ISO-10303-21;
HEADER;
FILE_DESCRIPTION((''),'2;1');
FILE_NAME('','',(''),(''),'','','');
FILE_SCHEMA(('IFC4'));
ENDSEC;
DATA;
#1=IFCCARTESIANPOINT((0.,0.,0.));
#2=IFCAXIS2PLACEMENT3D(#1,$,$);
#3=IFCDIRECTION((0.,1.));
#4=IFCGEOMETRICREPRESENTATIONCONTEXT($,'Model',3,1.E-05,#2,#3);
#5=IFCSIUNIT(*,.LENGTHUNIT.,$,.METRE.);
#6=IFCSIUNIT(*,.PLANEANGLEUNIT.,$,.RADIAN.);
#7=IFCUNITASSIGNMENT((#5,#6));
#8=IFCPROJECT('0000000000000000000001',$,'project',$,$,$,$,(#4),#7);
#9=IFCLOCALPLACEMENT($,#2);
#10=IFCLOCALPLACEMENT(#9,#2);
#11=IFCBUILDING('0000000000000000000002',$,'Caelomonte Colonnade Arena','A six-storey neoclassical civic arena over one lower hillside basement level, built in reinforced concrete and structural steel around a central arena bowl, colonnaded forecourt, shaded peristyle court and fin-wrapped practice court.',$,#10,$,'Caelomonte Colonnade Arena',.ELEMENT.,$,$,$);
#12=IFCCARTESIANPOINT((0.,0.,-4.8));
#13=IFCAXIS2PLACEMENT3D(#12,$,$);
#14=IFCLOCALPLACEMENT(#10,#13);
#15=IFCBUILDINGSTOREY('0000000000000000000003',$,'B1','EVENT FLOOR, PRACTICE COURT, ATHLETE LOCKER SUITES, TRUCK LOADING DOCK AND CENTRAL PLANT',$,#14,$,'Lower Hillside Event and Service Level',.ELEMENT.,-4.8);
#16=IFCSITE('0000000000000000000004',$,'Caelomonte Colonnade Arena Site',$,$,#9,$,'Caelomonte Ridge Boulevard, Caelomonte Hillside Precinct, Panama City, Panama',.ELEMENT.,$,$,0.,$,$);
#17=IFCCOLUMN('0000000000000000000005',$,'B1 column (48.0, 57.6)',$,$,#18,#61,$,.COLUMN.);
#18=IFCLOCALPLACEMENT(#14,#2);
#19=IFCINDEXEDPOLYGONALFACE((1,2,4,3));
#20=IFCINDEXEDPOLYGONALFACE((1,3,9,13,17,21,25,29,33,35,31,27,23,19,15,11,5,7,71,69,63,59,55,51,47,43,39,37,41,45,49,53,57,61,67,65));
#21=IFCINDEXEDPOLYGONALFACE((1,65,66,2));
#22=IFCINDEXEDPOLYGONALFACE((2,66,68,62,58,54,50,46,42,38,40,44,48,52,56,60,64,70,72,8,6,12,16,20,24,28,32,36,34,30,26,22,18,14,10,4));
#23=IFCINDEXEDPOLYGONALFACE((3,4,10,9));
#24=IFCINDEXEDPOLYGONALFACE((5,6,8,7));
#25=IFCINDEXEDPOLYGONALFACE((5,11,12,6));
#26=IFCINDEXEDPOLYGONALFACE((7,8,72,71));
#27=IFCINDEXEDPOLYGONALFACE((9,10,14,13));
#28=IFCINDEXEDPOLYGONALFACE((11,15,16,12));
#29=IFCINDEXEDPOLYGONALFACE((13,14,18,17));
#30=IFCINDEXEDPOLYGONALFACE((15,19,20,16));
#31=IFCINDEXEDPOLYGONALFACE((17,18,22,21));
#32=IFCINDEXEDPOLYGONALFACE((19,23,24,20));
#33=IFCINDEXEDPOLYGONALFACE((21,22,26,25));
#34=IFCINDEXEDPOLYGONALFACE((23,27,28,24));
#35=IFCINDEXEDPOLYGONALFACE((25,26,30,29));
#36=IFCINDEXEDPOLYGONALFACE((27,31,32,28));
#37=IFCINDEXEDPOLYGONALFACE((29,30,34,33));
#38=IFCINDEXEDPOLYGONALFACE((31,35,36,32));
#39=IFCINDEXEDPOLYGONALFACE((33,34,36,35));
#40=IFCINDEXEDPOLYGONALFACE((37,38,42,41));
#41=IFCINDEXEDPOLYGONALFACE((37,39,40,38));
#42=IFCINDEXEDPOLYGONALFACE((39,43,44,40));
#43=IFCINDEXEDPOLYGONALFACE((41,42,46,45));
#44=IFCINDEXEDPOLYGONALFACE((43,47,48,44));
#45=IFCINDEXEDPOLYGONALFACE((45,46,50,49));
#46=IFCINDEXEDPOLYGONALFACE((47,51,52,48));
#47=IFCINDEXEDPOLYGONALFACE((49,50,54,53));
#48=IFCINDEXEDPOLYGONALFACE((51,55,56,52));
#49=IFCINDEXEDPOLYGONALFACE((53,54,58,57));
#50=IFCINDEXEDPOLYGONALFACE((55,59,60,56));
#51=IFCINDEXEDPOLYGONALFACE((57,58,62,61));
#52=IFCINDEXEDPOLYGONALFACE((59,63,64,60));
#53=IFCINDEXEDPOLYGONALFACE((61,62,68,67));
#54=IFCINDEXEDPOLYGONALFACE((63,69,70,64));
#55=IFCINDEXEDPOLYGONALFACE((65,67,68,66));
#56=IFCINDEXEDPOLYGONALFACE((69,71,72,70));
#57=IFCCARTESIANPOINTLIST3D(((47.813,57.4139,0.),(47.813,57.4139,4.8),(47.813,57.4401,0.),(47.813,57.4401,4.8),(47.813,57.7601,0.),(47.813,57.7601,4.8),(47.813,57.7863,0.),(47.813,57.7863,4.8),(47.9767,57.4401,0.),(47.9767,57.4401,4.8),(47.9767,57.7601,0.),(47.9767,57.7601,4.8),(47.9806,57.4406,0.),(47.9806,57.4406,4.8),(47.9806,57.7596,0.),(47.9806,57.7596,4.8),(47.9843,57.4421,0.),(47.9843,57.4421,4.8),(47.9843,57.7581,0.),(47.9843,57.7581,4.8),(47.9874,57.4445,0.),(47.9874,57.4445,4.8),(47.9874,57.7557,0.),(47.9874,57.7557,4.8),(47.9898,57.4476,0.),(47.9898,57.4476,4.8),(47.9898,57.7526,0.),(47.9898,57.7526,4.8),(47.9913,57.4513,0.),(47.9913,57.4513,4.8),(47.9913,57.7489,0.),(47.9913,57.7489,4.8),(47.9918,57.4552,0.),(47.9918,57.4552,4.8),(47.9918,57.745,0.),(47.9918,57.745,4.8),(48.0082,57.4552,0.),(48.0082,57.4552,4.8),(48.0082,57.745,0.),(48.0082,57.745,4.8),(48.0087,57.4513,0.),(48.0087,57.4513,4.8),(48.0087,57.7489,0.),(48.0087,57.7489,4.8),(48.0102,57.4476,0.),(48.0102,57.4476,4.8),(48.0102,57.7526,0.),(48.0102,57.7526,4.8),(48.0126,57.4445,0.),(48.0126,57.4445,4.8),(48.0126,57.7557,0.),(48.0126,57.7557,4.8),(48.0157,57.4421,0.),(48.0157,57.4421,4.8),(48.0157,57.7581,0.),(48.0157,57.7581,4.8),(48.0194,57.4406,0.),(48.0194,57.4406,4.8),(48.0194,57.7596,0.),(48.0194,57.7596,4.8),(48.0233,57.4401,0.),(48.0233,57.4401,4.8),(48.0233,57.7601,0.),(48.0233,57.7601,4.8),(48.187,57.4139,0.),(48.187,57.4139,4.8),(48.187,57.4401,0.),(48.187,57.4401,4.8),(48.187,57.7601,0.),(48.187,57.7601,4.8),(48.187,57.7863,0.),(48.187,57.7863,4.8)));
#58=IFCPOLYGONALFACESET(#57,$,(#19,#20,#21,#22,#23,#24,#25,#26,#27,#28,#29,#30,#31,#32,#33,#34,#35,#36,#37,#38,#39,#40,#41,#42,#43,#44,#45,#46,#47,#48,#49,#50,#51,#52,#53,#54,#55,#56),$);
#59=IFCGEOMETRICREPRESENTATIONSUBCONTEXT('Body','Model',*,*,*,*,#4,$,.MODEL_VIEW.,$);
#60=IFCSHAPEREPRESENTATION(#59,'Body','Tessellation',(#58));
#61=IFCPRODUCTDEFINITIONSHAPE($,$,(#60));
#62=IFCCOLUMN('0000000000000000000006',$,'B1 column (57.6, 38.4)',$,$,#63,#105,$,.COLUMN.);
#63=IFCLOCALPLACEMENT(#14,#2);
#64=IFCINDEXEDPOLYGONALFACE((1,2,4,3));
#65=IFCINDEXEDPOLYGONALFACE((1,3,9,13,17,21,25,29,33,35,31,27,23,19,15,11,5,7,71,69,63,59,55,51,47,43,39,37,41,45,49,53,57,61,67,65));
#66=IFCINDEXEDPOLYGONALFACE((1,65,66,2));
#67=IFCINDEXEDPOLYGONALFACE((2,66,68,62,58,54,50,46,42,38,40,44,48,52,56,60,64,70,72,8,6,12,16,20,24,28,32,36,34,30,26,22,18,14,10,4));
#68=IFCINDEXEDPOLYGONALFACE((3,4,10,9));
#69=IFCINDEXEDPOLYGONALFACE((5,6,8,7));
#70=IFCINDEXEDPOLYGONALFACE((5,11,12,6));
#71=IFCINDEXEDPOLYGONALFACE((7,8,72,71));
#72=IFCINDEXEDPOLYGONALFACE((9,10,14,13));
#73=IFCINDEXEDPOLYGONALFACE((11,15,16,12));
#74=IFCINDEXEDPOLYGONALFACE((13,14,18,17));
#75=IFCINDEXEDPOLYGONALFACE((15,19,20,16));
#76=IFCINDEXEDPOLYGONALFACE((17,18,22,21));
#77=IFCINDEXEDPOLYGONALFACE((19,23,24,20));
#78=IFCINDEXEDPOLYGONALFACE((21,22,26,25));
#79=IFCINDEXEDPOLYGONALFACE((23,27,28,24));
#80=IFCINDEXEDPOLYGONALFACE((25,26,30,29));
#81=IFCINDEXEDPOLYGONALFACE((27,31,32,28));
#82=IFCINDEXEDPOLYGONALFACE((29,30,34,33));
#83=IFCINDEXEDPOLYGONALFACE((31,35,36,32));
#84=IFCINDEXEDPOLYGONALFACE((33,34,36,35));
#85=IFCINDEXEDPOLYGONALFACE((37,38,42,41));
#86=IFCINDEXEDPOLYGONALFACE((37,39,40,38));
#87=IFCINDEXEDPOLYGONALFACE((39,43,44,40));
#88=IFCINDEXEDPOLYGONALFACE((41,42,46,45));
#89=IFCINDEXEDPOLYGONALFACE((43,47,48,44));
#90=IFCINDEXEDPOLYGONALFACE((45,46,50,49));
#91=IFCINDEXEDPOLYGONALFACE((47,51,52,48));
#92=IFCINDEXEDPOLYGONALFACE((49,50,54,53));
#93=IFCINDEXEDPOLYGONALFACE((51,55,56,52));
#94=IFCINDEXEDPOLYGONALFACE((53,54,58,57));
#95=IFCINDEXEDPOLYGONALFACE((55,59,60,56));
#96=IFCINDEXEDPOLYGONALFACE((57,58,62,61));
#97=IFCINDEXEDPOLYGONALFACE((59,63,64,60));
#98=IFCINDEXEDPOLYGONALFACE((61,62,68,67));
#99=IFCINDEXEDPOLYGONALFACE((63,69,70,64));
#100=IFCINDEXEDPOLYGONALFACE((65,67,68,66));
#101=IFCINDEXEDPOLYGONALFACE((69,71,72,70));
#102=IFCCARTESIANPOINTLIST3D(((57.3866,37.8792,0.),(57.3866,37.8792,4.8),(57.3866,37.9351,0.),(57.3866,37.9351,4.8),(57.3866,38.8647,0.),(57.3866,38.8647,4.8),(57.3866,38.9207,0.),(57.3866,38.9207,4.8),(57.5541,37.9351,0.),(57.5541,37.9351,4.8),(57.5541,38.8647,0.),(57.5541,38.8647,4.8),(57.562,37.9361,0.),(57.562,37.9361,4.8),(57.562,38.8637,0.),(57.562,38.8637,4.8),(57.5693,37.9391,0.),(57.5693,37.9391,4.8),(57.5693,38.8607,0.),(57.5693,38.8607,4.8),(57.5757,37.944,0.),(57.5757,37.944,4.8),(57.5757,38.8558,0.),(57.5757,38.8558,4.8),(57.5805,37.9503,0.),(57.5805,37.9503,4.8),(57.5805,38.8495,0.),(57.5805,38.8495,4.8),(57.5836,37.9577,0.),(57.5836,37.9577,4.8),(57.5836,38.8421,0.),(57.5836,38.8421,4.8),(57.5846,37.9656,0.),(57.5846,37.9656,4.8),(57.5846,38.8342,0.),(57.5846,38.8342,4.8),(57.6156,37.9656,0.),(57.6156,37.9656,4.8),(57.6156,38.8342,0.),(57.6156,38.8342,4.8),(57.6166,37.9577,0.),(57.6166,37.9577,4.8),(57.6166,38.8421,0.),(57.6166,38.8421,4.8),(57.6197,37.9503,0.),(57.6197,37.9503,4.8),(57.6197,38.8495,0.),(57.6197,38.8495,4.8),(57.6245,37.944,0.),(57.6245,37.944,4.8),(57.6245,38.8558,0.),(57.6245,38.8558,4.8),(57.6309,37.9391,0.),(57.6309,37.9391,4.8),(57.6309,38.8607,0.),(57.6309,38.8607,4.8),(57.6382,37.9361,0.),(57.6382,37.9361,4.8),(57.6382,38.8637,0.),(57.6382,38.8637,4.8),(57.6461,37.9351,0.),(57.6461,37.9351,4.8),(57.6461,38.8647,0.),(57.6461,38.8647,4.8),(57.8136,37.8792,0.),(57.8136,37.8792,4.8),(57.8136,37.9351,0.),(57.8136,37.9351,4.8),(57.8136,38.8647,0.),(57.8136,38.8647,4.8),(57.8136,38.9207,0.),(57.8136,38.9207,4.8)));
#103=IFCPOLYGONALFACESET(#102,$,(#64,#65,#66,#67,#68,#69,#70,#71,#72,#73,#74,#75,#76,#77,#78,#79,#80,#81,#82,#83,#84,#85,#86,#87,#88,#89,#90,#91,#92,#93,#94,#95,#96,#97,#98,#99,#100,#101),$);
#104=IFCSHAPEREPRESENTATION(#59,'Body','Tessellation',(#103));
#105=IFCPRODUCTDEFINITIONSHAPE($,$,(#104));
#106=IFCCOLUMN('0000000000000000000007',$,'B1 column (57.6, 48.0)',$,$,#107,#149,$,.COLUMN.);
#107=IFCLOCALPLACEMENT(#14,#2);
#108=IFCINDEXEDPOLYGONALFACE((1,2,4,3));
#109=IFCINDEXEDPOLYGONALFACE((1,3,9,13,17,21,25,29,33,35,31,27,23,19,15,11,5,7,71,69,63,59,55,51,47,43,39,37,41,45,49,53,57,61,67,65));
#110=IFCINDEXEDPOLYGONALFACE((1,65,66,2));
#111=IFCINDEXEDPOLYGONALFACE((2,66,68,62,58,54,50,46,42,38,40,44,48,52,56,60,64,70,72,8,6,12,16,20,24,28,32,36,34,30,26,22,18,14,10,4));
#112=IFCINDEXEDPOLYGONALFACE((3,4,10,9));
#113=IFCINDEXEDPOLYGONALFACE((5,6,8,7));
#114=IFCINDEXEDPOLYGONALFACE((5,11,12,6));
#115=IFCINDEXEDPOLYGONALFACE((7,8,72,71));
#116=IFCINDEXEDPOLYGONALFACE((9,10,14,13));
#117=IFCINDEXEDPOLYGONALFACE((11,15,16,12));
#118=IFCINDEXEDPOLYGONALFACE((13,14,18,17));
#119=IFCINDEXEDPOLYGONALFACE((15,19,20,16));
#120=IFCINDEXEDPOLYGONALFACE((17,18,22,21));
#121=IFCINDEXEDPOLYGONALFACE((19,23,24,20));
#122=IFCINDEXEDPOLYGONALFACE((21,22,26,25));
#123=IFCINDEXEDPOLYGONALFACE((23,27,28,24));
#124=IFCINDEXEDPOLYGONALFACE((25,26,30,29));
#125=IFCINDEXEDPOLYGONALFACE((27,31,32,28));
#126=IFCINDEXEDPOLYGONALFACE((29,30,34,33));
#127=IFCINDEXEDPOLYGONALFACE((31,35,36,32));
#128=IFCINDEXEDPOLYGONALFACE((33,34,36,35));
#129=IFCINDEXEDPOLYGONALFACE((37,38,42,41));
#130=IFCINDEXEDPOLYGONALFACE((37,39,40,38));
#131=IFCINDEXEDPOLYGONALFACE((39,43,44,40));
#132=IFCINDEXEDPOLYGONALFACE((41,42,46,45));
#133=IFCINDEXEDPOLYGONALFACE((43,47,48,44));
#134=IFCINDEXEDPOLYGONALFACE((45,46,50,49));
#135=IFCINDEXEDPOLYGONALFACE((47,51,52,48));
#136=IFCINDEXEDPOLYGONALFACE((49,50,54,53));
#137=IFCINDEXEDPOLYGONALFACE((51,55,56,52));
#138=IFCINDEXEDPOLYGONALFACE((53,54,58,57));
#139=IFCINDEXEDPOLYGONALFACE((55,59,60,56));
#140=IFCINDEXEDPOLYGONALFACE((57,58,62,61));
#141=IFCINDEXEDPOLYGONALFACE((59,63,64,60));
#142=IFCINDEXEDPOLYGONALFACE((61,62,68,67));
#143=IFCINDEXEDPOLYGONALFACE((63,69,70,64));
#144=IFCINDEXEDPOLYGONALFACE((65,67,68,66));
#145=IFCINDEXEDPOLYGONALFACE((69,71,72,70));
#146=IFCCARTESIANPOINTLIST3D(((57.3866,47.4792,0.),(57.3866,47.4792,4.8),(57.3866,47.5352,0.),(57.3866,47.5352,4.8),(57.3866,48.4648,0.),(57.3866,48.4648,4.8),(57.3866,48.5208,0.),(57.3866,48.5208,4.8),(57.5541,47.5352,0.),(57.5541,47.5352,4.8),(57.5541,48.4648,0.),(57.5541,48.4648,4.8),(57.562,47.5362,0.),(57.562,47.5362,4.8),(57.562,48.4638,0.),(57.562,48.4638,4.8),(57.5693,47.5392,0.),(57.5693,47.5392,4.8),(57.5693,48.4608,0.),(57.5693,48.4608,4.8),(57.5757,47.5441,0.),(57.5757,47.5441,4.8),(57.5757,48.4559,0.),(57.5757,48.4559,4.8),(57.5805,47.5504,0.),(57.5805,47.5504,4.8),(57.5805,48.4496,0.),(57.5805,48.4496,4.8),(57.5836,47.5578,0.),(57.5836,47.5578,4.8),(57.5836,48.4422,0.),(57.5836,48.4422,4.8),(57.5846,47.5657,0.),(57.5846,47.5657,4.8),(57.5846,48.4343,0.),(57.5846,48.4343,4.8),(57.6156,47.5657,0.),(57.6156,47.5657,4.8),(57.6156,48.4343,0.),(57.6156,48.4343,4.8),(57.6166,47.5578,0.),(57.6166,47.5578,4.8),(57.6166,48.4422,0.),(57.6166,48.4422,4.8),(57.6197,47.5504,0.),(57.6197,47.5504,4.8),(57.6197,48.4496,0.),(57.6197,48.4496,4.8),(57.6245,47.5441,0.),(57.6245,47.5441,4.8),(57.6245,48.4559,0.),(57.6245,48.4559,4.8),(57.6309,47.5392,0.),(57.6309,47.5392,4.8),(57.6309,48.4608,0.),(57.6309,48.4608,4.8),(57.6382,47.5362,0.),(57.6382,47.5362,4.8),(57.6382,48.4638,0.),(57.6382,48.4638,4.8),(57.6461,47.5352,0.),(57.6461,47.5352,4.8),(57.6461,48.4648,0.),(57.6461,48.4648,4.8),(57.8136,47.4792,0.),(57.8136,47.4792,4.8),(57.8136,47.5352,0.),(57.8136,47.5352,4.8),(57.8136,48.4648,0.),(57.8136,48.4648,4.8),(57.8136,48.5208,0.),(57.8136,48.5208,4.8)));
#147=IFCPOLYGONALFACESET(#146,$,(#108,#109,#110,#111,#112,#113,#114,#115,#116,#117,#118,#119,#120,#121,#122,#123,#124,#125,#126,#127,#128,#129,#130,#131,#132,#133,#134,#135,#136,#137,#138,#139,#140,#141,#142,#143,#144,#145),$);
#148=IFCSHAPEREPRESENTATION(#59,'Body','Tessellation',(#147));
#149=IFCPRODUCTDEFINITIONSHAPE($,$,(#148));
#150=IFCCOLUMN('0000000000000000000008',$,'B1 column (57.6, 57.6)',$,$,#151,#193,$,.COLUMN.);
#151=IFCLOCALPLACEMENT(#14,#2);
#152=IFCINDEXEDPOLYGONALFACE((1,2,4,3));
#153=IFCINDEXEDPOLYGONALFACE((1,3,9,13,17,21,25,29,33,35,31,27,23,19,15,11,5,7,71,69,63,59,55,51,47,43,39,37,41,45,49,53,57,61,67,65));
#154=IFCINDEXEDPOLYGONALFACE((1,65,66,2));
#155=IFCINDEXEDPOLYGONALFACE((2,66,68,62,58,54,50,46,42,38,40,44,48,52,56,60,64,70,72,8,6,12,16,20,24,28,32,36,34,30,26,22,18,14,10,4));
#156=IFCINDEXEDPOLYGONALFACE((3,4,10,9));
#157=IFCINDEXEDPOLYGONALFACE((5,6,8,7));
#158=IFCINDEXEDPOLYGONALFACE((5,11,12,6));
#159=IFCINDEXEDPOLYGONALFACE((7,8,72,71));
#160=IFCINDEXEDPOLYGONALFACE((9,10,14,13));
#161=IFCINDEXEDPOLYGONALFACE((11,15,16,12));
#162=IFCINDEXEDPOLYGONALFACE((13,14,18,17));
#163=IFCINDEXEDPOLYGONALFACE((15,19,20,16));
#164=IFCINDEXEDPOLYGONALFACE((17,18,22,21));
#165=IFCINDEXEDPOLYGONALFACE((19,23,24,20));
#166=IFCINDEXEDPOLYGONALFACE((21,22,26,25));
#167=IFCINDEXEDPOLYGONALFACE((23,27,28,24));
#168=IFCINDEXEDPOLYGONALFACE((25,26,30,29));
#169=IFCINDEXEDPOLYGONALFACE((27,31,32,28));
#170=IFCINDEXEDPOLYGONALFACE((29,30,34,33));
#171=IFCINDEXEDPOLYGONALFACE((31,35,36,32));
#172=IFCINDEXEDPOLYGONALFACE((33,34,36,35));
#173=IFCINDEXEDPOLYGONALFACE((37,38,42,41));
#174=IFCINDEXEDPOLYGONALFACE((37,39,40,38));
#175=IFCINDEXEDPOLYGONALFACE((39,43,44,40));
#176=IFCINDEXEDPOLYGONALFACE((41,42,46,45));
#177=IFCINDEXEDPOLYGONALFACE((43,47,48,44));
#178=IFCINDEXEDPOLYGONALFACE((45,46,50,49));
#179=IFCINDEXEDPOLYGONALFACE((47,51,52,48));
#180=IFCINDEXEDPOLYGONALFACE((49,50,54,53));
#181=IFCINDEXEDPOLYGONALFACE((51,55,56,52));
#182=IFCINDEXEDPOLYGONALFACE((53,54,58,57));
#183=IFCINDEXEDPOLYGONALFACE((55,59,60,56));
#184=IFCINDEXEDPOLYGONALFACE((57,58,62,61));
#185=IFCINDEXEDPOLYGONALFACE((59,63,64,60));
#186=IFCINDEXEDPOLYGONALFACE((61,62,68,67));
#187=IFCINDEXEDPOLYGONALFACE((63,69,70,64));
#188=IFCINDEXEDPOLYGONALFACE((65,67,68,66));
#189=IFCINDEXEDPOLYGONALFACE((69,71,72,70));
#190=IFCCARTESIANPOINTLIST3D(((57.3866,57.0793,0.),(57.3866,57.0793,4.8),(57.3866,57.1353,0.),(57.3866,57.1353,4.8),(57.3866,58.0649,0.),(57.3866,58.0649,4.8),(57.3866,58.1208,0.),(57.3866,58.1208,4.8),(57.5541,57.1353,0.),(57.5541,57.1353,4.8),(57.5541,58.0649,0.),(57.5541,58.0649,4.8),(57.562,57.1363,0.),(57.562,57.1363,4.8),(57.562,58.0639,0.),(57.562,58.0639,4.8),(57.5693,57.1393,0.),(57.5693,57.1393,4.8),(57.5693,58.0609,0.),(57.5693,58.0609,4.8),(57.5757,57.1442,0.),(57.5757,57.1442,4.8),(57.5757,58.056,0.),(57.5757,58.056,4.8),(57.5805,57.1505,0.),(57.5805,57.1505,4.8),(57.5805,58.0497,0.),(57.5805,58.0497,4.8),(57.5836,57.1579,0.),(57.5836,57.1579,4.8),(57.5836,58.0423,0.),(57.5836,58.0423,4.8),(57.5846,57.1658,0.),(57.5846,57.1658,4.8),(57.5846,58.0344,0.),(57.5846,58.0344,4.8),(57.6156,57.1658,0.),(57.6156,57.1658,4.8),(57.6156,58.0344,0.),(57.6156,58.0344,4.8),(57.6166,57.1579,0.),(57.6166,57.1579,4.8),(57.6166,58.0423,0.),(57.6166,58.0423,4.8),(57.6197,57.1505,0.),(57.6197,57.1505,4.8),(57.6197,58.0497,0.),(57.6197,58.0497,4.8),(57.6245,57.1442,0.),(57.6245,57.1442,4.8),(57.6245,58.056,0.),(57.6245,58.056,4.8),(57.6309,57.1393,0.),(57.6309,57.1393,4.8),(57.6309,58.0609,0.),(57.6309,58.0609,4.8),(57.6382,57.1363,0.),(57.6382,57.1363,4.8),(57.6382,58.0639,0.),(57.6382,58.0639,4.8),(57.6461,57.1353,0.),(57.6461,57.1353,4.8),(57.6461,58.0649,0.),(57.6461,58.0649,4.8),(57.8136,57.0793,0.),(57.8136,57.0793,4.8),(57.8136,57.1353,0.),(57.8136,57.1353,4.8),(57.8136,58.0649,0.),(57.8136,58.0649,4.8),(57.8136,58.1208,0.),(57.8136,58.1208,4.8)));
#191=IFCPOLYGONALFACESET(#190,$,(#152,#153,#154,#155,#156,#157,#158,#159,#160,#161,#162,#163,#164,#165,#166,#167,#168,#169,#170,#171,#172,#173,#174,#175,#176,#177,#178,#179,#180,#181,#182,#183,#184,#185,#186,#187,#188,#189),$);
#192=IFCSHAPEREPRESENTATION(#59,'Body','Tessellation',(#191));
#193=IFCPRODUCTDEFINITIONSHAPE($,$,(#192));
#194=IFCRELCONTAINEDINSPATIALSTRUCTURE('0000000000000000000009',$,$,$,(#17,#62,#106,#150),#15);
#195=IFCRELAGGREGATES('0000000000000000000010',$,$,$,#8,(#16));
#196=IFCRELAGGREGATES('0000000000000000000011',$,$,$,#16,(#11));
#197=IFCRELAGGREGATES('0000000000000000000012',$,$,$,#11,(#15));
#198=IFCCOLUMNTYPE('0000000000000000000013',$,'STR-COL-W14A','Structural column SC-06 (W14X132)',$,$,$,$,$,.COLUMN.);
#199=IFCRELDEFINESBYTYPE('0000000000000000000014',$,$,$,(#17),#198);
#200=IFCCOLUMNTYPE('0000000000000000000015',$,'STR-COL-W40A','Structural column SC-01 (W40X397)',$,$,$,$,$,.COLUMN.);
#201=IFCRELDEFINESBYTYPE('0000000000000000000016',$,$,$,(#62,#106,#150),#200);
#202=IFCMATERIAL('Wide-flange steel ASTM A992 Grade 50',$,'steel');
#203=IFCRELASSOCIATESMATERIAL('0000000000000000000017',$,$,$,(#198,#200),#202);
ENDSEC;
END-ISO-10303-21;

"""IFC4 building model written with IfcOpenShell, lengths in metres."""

from ifc_helpers import new_model, si_unit, direction, frame, origin, origin_2d, place, context, subcontext, project, spatial, i_section, extrude, material, material_profile, profile_set, type_object, element, save


model = new_model("IFC4")

# Units and contexts
model_context = context("Model", 3, precision=1e-05, world=origin(), true_north=direction((0.0, 1.0)))
body_context = subcontext(model_context, "Body", "Model", "MODEL_VIEW")
ifc_project = project(units=[si_unit("LENGTHUNIT", "METRE"), si_unit("PLANEANGLEUNIT", "RADIAN")], contexts=[model_context])

# Site, building, storey
site_placement = place(None, origin())
site = spatial("IfcSite", under=ifc_project, at=site_placement, Name="Caelomonte Colonnade Arena Site", LongName="Caelomonte Ridge Boulevard, Caelomonte Hillside Precinct, Panama City, Panama", CompositionType="ELEMENT", RefElevation=0.0)
building_placement = place(site_placement, origin())
building = spatial("IfcBuilding", under=site, at=building_placement, Name="Caelomonte Colonnade Arena", Description="A six-storey neoclassical civic arena over one lower hillside basement level, built in reinforced concrete and structural steel around a central arena bowl, colonnaded forecourt, shaded peristyle court and fin-wrapped practice court.", LongName="Caelomonte Colonnade Arena", CompositionType="ELEMENT")
storey_placement = place(building_placement, frame((0.0, 0.0, -4.8)))
storey = spatial("IfcBuildingStorey", under=building, at=storey_placement, Name="B1", Description="EVENT FLOOR, PRACTICE COURT, ATHLETE LOCKER SUITES, TRUCK LOADING DOCK AND CENTRAL PLANT", LongName="Lower Hillside Event and Service Level", CompositionType="ELEMENT", Elevation=-4.8)

# Columns
ifc_material_1 = material(Name="Wide-flange steel ASTM A992 Grade 50", Category="steel")
ifc_material_profile_1 = material_profile(ifc_material_1, i_section(OverallWidth=0.374, OverallDepth=0.3723, WebThickness=0.0164, FlangeThickness=0.0261, FilletRadius=0.0151, at=origin_2d()), Name="W14X132")
ifc_profile_set_1 = profile_set([ifc_material_profile_1], Name="Wide-flange steel ASTM A992 Grade 50")
column_type_1 = type_object("IfcColumnType", Name="STR-COL-W14A", Description="Structural column SC-06 (W14X132)", PredefinedType="COLUMN", material=ifc_profile_set_1)
column_placement = place(storey_placement, frame((48.0, 57.6001, 0.0), z_axis=(0.0, 0.0, 1.0), x_axis=(1.0, 0.0, 0.0)))
element("IfcColumn", 1, at=column_placement, inside=storey, type_object=column_type_1, Name="B1 column (48.0, 57.6)", PredefinedType="COLUMN", context=body_context, shape_type="SweptSolid", body=[
    extrude(i_section(OverallWidth=0.374, OverallDepth=0.3723, WebThickness=0.0164, FlangeThickness=0.0261, FilletRadius=0.0151, at=origin_2d()), origin(), (0.0, 0.0, 1.0), 4.8),
])
ifc_material_profile_2 = material_profile(ifc_material_1, i_section(OverallWidth=0.427, OverallDepth=1.0415, WebThickness=0.031, FlangeThickness=0.0559, FilletRadius=0.0305, at=origin_2d()), Name="W40X397")
ifc_profile_set_2 = profile_set([ifc_material_profile_2], Name="Wide-flange steel ASTM A992 Grade 50")
column_type_2 = type_object("IfcColumnType", Name="STR-COL-W40A", Description="Structural column SC-01 (W40X397)", PredefinedType="COLUMN", material=ifc_profile_set_2)
for number, where, z_axis, x_axis, name in (
    (2, (57.6001, 38.3999, 0.0), (0.0, 0.0, 1.0), (1.0, 0.0, 0.0), "B1 column (57.6, 38.4)"),
    (3, (57.6001, 48.0, 0.0), (0.0, 0.0, 1.0), (1.0, 0.0, 0.0), "B1 column (57.6, 48.0)"),
    (4, (57.6001, 57.6001, 0.0), (0.0, 0.0, 1.0), (1.0, 0.0, 0.0), "B1 column (57.6, 57.6)"),
):
    element("IfcColumn", number, at=place(storey_placement, frame(where, z_axis=z_axis, x_axis=x_axis)), inside=storey, type_object=column_type_2, Name=name, PredefinedType="COLUMN", context=body_context, shape_type="SweptSolid", body=[
        extrude(i_section(OverallWidth=0.427, OverallDepth=1.0415, WebThickness=0.031, FlangeThickness=0.0559, FilletRadius=0.0305, at=origin_2d()), origin(), (0.0, 0.0, 1.0), 4.8),
    ])

save(model, "model.ifc")
